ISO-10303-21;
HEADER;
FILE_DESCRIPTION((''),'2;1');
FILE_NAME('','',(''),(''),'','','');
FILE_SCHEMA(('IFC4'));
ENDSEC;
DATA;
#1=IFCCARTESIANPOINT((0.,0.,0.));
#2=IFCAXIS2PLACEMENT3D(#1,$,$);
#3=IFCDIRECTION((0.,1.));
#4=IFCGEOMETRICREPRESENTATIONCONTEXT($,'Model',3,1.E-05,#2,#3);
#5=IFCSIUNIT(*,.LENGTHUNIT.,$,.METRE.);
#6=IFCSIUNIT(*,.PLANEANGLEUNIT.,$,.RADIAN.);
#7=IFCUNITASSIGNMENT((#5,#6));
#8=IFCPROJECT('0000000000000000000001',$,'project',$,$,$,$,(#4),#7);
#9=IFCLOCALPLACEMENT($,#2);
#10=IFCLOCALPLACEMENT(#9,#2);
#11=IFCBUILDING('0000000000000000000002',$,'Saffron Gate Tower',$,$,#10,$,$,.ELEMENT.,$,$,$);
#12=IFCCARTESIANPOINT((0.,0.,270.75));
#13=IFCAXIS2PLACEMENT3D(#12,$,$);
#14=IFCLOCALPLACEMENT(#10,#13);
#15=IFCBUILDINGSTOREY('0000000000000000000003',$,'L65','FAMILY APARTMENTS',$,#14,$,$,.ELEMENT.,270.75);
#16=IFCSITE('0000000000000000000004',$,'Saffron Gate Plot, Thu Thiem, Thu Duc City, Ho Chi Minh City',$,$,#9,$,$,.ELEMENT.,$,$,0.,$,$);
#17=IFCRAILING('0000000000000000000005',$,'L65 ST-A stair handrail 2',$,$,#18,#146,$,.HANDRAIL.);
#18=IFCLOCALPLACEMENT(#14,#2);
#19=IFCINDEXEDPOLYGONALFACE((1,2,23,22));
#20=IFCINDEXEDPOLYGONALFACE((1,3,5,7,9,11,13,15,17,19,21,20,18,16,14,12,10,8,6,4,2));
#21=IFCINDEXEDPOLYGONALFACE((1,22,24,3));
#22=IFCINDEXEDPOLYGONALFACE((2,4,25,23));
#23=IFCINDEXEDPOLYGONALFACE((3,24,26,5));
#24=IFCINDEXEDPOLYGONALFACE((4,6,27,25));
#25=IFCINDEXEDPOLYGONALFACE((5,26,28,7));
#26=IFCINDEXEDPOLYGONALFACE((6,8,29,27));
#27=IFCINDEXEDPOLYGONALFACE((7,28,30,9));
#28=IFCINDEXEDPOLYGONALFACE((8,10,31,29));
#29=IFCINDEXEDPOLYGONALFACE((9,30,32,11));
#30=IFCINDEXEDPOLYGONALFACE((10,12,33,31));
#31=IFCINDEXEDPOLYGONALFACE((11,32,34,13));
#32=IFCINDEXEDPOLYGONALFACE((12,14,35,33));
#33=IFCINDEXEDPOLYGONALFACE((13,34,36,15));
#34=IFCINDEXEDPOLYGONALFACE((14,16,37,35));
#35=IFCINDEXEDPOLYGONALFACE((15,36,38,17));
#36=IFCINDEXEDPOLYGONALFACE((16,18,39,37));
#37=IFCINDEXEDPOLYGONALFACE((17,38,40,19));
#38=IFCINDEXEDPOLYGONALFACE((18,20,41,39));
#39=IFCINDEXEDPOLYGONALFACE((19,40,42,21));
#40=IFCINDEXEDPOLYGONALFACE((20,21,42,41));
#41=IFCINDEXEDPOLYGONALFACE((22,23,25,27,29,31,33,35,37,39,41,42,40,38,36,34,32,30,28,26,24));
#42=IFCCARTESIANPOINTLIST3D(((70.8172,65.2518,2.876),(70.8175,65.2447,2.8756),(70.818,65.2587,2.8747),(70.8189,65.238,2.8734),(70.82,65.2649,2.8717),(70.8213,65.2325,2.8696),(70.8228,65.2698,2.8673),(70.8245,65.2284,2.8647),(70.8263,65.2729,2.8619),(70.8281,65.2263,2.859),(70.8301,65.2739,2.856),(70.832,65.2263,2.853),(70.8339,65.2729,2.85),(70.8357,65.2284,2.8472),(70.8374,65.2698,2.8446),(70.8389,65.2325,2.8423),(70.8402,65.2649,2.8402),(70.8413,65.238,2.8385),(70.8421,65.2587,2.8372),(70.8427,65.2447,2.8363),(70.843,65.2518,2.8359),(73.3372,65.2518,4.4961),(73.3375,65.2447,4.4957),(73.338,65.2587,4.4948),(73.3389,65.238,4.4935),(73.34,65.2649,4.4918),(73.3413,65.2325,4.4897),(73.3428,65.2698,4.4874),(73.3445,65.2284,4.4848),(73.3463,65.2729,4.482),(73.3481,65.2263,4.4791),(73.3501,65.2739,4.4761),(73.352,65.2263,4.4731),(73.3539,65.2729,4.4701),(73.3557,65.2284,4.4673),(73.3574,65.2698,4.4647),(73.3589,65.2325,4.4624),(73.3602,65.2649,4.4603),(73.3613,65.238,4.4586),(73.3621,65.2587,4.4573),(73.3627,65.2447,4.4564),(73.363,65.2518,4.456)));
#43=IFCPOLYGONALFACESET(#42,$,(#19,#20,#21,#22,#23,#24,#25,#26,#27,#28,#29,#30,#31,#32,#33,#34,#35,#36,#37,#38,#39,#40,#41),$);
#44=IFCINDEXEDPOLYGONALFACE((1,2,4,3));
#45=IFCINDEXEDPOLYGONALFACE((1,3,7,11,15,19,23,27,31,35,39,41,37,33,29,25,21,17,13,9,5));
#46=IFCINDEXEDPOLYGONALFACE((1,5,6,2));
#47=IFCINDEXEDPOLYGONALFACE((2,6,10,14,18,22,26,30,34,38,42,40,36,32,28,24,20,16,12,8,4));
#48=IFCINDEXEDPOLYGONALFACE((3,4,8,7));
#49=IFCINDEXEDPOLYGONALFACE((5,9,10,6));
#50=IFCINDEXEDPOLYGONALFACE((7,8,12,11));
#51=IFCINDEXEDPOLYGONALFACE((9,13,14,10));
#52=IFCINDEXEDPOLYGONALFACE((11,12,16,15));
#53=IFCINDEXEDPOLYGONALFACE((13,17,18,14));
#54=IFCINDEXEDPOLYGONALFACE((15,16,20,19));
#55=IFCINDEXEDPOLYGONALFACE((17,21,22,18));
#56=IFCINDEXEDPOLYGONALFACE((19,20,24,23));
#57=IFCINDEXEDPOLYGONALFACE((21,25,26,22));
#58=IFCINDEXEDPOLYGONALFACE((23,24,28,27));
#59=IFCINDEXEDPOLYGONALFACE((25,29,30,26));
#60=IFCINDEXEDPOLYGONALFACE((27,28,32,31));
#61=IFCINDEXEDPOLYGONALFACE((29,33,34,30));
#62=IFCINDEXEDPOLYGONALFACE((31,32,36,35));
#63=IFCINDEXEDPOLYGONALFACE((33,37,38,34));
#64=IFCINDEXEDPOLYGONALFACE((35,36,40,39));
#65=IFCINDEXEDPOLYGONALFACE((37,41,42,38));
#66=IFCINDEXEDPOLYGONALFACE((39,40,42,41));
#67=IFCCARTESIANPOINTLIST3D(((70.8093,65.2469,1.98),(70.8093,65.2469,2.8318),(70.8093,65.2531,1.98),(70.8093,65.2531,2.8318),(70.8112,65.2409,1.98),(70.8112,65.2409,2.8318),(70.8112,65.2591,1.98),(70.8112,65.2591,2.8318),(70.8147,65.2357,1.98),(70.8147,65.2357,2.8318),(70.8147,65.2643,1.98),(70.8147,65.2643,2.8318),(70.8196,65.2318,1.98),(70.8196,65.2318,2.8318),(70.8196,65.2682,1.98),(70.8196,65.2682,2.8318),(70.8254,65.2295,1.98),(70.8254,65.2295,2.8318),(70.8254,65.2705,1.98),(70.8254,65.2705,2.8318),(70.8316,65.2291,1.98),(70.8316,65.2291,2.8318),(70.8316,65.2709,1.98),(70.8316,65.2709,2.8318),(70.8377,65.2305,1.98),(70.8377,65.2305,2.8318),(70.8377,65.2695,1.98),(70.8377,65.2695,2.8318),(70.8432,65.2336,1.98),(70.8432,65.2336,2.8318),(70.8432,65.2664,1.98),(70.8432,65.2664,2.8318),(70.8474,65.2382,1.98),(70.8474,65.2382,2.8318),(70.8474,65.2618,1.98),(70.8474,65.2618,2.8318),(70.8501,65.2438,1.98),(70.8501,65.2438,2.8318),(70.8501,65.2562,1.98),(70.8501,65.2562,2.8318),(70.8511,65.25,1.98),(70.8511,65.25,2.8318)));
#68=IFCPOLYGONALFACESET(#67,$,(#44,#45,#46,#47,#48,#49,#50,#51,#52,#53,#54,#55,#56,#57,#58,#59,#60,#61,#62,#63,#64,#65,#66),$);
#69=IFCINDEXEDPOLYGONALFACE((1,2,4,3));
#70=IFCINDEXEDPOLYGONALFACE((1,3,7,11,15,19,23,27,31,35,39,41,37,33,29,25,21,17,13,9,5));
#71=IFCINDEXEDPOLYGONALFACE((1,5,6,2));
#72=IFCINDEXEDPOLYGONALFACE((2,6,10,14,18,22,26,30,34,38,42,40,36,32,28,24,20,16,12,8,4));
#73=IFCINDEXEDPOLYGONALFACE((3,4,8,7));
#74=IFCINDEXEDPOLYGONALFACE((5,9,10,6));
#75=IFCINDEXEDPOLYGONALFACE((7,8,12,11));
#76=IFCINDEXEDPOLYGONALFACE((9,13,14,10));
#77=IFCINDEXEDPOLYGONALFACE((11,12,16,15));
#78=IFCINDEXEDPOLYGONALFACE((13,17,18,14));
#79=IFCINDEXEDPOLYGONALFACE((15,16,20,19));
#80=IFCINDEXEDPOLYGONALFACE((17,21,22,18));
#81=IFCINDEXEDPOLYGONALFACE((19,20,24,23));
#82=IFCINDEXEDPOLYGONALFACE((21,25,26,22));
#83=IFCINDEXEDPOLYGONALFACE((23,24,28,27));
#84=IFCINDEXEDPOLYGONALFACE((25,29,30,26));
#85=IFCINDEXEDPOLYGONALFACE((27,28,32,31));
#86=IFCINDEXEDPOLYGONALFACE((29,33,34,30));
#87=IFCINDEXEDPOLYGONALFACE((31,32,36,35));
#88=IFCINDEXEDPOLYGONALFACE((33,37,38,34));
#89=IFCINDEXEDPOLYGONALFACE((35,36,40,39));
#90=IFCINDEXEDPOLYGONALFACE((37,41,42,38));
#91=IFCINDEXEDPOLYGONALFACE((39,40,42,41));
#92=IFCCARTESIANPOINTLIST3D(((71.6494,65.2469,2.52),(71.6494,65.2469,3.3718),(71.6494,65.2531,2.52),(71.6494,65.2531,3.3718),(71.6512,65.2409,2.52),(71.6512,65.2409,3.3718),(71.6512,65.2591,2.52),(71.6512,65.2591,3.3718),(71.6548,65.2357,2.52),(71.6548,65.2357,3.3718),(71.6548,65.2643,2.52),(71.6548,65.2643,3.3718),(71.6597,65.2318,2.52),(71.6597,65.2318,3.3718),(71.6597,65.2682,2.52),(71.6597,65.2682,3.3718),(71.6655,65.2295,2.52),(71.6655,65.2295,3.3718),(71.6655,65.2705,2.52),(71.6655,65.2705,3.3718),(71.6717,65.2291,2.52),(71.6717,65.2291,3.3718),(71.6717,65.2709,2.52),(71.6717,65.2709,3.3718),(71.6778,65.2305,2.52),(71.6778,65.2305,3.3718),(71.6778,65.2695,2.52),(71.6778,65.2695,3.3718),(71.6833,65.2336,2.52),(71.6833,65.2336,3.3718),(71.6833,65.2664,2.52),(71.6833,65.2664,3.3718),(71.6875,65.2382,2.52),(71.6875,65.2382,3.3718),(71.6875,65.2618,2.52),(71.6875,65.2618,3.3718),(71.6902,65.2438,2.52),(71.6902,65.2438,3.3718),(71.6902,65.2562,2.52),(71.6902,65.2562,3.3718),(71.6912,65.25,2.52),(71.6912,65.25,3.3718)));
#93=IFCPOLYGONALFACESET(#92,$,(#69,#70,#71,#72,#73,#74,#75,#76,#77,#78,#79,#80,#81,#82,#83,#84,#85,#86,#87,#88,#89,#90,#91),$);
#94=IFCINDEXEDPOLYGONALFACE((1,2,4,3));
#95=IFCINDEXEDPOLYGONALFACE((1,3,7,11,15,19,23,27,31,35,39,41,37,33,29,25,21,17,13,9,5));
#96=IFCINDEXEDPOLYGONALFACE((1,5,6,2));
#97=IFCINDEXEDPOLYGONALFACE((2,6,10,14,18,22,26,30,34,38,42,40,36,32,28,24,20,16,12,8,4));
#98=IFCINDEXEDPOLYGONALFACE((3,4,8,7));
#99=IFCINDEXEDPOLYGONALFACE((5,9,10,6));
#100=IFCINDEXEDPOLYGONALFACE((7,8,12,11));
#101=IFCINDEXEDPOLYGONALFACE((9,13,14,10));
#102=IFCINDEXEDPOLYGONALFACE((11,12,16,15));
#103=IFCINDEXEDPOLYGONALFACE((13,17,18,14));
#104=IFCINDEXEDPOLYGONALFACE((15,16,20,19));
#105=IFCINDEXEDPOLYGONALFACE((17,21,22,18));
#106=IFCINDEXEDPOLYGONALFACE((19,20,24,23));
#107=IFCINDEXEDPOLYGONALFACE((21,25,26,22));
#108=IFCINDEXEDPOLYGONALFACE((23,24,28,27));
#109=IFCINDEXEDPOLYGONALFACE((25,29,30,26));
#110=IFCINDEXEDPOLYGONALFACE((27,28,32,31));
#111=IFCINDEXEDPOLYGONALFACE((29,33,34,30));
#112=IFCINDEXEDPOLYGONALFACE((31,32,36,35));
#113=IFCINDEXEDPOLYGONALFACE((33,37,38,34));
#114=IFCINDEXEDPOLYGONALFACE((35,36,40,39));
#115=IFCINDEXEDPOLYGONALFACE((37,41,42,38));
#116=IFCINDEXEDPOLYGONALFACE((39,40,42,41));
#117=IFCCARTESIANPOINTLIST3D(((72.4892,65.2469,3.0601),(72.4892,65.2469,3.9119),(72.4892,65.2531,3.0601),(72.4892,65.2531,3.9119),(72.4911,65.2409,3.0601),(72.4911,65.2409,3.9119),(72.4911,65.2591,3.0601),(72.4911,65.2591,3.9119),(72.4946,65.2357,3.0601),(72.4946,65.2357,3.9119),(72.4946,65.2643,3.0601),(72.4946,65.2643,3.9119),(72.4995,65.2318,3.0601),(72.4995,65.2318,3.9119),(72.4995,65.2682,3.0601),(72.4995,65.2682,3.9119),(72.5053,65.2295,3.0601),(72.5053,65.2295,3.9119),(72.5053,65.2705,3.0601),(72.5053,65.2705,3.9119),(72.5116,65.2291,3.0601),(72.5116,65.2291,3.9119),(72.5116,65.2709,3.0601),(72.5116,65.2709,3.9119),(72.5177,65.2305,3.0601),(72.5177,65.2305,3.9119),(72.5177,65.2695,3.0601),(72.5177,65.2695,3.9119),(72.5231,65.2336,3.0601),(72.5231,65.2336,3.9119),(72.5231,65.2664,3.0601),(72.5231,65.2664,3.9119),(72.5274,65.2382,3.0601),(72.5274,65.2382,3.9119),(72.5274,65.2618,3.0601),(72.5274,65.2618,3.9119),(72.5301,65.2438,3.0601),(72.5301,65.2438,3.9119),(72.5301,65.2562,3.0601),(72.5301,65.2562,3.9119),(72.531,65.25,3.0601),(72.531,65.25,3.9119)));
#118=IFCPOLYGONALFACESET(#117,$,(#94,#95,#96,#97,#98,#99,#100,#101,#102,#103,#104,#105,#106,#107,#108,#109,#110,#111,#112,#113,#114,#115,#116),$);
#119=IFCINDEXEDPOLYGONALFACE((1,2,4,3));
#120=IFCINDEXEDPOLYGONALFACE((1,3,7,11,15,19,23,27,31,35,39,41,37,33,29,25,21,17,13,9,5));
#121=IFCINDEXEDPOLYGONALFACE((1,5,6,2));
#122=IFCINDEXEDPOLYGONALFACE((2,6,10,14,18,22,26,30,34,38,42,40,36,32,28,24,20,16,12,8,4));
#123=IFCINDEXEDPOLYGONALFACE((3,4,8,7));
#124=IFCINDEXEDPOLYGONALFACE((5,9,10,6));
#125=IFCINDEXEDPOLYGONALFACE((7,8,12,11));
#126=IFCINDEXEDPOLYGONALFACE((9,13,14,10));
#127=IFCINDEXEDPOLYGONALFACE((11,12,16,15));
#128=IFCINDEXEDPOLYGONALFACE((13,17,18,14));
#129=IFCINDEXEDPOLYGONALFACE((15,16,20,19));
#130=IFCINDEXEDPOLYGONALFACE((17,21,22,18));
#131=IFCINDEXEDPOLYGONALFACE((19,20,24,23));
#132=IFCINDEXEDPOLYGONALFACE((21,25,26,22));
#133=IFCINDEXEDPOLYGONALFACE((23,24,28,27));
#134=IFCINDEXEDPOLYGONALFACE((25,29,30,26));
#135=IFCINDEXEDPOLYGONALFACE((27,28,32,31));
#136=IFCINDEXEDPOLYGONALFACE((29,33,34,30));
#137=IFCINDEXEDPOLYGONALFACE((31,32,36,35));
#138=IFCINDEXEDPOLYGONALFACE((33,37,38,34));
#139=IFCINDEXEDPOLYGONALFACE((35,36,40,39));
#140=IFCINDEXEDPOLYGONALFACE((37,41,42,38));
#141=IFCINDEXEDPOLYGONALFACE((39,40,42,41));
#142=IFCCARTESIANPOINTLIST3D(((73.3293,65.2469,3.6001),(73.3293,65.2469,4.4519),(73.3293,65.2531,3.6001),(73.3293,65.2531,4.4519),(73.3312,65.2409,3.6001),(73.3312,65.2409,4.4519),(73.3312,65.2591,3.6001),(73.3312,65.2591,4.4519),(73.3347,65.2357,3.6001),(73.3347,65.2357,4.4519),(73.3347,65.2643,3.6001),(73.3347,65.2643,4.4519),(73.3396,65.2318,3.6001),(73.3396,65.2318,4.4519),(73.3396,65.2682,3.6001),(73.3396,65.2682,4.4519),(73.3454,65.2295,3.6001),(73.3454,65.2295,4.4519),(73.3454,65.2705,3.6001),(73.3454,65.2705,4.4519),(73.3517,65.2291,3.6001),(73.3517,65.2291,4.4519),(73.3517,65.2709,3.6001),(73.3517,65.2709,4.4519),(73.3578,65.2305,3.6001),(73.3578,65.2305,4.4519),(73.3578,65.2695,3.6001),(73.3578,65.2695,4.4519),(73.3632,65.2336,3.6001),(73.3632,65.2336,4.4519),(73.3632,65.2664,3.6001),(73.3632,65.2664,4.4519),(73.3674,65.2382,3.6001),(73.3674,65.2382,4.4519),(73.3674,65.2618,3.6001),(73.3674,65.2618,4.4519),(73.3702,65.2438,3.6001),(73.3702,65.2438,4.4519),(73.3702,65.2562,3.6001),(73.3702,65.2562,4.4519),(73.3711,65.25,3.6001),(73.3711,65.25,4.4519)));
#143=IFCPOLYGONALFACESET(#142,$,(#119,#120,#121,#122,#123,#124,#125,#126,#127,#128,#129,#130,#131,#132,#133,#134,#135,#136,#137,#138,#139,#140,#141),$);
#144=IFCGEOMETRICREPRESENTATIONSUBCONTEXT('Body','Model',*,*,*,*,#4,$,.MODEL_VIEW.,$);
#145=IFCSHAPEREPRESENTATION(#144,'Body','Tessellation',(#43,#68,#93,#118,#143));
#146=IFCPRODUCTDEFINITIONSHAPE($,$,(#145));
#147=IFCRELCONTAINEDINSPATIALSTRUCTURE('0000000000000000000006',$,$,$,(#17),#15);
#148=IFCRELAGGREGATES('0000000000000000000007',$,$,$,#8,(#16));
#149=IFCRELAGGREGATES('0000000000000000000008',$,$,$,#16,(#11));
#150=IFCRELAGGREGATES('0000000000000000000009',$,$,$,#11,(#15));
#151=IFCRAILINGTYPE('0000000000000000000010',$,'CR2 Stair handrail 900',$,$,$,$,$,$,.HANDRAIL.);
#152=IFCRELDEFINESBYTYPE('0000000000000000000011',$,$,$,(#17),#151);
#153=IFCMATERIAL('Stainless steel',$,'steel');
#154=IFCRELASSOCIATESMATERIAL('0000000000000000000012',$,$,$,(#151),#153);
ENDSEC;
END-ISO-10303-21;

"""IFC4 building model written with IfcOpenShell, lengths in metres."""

from ifc_helpers import new_model, si_unit, direction, frame, origin, origin_2d, place, context, subcontext, project, spatial, circle, extrude, material, type_object, element, save


model = new_model("IFC4")

# Units and contexts
model_context = context("Model", 3, precision=1e-05, world=origin(), true_north=direction((0.0, 1.0)))
body_context = subcontext(model_context, "Body", "Model", "MODEL_VIEW")
ifc_project = project(units=[si_unit("LENGTHUNIT", "METRE"), si_unit("PLANEANGLEUNIT", "RADIAN")], contexts=[model_context])

# Site, building, storey
site_placement = place(None, origin())
site = spatial("IfcSite", under=ifc_project, at=site_placement, Name="Saffron Gate Plot, Thu Thiem, Thu Duc City, Ho Chi Minh City", CompositionType="ELEMENT", RefElevation=0.0)
building_placement = place(site_placement, origin())
building = spatial("IfcBuilding", under=site, at=building_placement, Name="Saffron Gate Tower", CompositionType="ELEMENT")
storey_placement = place(building_placement, frame((0.0, 0.0, 270.75)))
storey = spatial("IfcBuildingStorey", under=building, at=storey_placement, Name="L65", Description="FAMILY APARTMENTS", CompositionType="ELEMENT", Elevation=270.75)

# Railing
ifc_material_1 = material(Name="Stainless steel", Category="steel")
railing_type = type_object("IfcRailingType", Name="CR2 Stair handrail 900", PredefinedType="HANDRAIL", material=ifc_material_1)
railing_placement = place(storey_placement, frame((70.8301, 65.25, 1.98)))
element("IfcRailing", 1, at=railing_placement, inside=storey, type_object=railing_type, Name="L65 ST-A stair handrail 2", PredefinedType="HANDRAIL", context=body_context, shape_type="SweptSolid", body=[
    extrude(circle(Radius=0.0239, at=origin_2d()), frame((0.0, 0.0, 0.876), z_axis=(0.841163, 0.0, 0.540782), x_axis=(0.0, 1.0, 0.0)), (0.0, 0.0, 1.0), 2.9958),
    extrude(circle(Radius=0.021, at=origin_2d()), origin(), (0.0, 0.0, 1.0), 0.8518),
    extrude(circle(Radius=0.021, at=origin_2d()), frame((0.8401, 0.0, 0.54)), (0.0, 0.0, 1.0), 0.8518),
    extrude(circle(Radius=0.021, at=origin_2d()), frame((1.6799, 0.0, 1.0801)), (0.0, 0.0, 1.0), 0.8518),
    extrude(circle(Radius=0.021, at=origin_2d()), frame((2.52, 0.0, 1.6201)), (0.0, 0.0, 1.0), 0.8518),
])

save(model, "model.ifc")
